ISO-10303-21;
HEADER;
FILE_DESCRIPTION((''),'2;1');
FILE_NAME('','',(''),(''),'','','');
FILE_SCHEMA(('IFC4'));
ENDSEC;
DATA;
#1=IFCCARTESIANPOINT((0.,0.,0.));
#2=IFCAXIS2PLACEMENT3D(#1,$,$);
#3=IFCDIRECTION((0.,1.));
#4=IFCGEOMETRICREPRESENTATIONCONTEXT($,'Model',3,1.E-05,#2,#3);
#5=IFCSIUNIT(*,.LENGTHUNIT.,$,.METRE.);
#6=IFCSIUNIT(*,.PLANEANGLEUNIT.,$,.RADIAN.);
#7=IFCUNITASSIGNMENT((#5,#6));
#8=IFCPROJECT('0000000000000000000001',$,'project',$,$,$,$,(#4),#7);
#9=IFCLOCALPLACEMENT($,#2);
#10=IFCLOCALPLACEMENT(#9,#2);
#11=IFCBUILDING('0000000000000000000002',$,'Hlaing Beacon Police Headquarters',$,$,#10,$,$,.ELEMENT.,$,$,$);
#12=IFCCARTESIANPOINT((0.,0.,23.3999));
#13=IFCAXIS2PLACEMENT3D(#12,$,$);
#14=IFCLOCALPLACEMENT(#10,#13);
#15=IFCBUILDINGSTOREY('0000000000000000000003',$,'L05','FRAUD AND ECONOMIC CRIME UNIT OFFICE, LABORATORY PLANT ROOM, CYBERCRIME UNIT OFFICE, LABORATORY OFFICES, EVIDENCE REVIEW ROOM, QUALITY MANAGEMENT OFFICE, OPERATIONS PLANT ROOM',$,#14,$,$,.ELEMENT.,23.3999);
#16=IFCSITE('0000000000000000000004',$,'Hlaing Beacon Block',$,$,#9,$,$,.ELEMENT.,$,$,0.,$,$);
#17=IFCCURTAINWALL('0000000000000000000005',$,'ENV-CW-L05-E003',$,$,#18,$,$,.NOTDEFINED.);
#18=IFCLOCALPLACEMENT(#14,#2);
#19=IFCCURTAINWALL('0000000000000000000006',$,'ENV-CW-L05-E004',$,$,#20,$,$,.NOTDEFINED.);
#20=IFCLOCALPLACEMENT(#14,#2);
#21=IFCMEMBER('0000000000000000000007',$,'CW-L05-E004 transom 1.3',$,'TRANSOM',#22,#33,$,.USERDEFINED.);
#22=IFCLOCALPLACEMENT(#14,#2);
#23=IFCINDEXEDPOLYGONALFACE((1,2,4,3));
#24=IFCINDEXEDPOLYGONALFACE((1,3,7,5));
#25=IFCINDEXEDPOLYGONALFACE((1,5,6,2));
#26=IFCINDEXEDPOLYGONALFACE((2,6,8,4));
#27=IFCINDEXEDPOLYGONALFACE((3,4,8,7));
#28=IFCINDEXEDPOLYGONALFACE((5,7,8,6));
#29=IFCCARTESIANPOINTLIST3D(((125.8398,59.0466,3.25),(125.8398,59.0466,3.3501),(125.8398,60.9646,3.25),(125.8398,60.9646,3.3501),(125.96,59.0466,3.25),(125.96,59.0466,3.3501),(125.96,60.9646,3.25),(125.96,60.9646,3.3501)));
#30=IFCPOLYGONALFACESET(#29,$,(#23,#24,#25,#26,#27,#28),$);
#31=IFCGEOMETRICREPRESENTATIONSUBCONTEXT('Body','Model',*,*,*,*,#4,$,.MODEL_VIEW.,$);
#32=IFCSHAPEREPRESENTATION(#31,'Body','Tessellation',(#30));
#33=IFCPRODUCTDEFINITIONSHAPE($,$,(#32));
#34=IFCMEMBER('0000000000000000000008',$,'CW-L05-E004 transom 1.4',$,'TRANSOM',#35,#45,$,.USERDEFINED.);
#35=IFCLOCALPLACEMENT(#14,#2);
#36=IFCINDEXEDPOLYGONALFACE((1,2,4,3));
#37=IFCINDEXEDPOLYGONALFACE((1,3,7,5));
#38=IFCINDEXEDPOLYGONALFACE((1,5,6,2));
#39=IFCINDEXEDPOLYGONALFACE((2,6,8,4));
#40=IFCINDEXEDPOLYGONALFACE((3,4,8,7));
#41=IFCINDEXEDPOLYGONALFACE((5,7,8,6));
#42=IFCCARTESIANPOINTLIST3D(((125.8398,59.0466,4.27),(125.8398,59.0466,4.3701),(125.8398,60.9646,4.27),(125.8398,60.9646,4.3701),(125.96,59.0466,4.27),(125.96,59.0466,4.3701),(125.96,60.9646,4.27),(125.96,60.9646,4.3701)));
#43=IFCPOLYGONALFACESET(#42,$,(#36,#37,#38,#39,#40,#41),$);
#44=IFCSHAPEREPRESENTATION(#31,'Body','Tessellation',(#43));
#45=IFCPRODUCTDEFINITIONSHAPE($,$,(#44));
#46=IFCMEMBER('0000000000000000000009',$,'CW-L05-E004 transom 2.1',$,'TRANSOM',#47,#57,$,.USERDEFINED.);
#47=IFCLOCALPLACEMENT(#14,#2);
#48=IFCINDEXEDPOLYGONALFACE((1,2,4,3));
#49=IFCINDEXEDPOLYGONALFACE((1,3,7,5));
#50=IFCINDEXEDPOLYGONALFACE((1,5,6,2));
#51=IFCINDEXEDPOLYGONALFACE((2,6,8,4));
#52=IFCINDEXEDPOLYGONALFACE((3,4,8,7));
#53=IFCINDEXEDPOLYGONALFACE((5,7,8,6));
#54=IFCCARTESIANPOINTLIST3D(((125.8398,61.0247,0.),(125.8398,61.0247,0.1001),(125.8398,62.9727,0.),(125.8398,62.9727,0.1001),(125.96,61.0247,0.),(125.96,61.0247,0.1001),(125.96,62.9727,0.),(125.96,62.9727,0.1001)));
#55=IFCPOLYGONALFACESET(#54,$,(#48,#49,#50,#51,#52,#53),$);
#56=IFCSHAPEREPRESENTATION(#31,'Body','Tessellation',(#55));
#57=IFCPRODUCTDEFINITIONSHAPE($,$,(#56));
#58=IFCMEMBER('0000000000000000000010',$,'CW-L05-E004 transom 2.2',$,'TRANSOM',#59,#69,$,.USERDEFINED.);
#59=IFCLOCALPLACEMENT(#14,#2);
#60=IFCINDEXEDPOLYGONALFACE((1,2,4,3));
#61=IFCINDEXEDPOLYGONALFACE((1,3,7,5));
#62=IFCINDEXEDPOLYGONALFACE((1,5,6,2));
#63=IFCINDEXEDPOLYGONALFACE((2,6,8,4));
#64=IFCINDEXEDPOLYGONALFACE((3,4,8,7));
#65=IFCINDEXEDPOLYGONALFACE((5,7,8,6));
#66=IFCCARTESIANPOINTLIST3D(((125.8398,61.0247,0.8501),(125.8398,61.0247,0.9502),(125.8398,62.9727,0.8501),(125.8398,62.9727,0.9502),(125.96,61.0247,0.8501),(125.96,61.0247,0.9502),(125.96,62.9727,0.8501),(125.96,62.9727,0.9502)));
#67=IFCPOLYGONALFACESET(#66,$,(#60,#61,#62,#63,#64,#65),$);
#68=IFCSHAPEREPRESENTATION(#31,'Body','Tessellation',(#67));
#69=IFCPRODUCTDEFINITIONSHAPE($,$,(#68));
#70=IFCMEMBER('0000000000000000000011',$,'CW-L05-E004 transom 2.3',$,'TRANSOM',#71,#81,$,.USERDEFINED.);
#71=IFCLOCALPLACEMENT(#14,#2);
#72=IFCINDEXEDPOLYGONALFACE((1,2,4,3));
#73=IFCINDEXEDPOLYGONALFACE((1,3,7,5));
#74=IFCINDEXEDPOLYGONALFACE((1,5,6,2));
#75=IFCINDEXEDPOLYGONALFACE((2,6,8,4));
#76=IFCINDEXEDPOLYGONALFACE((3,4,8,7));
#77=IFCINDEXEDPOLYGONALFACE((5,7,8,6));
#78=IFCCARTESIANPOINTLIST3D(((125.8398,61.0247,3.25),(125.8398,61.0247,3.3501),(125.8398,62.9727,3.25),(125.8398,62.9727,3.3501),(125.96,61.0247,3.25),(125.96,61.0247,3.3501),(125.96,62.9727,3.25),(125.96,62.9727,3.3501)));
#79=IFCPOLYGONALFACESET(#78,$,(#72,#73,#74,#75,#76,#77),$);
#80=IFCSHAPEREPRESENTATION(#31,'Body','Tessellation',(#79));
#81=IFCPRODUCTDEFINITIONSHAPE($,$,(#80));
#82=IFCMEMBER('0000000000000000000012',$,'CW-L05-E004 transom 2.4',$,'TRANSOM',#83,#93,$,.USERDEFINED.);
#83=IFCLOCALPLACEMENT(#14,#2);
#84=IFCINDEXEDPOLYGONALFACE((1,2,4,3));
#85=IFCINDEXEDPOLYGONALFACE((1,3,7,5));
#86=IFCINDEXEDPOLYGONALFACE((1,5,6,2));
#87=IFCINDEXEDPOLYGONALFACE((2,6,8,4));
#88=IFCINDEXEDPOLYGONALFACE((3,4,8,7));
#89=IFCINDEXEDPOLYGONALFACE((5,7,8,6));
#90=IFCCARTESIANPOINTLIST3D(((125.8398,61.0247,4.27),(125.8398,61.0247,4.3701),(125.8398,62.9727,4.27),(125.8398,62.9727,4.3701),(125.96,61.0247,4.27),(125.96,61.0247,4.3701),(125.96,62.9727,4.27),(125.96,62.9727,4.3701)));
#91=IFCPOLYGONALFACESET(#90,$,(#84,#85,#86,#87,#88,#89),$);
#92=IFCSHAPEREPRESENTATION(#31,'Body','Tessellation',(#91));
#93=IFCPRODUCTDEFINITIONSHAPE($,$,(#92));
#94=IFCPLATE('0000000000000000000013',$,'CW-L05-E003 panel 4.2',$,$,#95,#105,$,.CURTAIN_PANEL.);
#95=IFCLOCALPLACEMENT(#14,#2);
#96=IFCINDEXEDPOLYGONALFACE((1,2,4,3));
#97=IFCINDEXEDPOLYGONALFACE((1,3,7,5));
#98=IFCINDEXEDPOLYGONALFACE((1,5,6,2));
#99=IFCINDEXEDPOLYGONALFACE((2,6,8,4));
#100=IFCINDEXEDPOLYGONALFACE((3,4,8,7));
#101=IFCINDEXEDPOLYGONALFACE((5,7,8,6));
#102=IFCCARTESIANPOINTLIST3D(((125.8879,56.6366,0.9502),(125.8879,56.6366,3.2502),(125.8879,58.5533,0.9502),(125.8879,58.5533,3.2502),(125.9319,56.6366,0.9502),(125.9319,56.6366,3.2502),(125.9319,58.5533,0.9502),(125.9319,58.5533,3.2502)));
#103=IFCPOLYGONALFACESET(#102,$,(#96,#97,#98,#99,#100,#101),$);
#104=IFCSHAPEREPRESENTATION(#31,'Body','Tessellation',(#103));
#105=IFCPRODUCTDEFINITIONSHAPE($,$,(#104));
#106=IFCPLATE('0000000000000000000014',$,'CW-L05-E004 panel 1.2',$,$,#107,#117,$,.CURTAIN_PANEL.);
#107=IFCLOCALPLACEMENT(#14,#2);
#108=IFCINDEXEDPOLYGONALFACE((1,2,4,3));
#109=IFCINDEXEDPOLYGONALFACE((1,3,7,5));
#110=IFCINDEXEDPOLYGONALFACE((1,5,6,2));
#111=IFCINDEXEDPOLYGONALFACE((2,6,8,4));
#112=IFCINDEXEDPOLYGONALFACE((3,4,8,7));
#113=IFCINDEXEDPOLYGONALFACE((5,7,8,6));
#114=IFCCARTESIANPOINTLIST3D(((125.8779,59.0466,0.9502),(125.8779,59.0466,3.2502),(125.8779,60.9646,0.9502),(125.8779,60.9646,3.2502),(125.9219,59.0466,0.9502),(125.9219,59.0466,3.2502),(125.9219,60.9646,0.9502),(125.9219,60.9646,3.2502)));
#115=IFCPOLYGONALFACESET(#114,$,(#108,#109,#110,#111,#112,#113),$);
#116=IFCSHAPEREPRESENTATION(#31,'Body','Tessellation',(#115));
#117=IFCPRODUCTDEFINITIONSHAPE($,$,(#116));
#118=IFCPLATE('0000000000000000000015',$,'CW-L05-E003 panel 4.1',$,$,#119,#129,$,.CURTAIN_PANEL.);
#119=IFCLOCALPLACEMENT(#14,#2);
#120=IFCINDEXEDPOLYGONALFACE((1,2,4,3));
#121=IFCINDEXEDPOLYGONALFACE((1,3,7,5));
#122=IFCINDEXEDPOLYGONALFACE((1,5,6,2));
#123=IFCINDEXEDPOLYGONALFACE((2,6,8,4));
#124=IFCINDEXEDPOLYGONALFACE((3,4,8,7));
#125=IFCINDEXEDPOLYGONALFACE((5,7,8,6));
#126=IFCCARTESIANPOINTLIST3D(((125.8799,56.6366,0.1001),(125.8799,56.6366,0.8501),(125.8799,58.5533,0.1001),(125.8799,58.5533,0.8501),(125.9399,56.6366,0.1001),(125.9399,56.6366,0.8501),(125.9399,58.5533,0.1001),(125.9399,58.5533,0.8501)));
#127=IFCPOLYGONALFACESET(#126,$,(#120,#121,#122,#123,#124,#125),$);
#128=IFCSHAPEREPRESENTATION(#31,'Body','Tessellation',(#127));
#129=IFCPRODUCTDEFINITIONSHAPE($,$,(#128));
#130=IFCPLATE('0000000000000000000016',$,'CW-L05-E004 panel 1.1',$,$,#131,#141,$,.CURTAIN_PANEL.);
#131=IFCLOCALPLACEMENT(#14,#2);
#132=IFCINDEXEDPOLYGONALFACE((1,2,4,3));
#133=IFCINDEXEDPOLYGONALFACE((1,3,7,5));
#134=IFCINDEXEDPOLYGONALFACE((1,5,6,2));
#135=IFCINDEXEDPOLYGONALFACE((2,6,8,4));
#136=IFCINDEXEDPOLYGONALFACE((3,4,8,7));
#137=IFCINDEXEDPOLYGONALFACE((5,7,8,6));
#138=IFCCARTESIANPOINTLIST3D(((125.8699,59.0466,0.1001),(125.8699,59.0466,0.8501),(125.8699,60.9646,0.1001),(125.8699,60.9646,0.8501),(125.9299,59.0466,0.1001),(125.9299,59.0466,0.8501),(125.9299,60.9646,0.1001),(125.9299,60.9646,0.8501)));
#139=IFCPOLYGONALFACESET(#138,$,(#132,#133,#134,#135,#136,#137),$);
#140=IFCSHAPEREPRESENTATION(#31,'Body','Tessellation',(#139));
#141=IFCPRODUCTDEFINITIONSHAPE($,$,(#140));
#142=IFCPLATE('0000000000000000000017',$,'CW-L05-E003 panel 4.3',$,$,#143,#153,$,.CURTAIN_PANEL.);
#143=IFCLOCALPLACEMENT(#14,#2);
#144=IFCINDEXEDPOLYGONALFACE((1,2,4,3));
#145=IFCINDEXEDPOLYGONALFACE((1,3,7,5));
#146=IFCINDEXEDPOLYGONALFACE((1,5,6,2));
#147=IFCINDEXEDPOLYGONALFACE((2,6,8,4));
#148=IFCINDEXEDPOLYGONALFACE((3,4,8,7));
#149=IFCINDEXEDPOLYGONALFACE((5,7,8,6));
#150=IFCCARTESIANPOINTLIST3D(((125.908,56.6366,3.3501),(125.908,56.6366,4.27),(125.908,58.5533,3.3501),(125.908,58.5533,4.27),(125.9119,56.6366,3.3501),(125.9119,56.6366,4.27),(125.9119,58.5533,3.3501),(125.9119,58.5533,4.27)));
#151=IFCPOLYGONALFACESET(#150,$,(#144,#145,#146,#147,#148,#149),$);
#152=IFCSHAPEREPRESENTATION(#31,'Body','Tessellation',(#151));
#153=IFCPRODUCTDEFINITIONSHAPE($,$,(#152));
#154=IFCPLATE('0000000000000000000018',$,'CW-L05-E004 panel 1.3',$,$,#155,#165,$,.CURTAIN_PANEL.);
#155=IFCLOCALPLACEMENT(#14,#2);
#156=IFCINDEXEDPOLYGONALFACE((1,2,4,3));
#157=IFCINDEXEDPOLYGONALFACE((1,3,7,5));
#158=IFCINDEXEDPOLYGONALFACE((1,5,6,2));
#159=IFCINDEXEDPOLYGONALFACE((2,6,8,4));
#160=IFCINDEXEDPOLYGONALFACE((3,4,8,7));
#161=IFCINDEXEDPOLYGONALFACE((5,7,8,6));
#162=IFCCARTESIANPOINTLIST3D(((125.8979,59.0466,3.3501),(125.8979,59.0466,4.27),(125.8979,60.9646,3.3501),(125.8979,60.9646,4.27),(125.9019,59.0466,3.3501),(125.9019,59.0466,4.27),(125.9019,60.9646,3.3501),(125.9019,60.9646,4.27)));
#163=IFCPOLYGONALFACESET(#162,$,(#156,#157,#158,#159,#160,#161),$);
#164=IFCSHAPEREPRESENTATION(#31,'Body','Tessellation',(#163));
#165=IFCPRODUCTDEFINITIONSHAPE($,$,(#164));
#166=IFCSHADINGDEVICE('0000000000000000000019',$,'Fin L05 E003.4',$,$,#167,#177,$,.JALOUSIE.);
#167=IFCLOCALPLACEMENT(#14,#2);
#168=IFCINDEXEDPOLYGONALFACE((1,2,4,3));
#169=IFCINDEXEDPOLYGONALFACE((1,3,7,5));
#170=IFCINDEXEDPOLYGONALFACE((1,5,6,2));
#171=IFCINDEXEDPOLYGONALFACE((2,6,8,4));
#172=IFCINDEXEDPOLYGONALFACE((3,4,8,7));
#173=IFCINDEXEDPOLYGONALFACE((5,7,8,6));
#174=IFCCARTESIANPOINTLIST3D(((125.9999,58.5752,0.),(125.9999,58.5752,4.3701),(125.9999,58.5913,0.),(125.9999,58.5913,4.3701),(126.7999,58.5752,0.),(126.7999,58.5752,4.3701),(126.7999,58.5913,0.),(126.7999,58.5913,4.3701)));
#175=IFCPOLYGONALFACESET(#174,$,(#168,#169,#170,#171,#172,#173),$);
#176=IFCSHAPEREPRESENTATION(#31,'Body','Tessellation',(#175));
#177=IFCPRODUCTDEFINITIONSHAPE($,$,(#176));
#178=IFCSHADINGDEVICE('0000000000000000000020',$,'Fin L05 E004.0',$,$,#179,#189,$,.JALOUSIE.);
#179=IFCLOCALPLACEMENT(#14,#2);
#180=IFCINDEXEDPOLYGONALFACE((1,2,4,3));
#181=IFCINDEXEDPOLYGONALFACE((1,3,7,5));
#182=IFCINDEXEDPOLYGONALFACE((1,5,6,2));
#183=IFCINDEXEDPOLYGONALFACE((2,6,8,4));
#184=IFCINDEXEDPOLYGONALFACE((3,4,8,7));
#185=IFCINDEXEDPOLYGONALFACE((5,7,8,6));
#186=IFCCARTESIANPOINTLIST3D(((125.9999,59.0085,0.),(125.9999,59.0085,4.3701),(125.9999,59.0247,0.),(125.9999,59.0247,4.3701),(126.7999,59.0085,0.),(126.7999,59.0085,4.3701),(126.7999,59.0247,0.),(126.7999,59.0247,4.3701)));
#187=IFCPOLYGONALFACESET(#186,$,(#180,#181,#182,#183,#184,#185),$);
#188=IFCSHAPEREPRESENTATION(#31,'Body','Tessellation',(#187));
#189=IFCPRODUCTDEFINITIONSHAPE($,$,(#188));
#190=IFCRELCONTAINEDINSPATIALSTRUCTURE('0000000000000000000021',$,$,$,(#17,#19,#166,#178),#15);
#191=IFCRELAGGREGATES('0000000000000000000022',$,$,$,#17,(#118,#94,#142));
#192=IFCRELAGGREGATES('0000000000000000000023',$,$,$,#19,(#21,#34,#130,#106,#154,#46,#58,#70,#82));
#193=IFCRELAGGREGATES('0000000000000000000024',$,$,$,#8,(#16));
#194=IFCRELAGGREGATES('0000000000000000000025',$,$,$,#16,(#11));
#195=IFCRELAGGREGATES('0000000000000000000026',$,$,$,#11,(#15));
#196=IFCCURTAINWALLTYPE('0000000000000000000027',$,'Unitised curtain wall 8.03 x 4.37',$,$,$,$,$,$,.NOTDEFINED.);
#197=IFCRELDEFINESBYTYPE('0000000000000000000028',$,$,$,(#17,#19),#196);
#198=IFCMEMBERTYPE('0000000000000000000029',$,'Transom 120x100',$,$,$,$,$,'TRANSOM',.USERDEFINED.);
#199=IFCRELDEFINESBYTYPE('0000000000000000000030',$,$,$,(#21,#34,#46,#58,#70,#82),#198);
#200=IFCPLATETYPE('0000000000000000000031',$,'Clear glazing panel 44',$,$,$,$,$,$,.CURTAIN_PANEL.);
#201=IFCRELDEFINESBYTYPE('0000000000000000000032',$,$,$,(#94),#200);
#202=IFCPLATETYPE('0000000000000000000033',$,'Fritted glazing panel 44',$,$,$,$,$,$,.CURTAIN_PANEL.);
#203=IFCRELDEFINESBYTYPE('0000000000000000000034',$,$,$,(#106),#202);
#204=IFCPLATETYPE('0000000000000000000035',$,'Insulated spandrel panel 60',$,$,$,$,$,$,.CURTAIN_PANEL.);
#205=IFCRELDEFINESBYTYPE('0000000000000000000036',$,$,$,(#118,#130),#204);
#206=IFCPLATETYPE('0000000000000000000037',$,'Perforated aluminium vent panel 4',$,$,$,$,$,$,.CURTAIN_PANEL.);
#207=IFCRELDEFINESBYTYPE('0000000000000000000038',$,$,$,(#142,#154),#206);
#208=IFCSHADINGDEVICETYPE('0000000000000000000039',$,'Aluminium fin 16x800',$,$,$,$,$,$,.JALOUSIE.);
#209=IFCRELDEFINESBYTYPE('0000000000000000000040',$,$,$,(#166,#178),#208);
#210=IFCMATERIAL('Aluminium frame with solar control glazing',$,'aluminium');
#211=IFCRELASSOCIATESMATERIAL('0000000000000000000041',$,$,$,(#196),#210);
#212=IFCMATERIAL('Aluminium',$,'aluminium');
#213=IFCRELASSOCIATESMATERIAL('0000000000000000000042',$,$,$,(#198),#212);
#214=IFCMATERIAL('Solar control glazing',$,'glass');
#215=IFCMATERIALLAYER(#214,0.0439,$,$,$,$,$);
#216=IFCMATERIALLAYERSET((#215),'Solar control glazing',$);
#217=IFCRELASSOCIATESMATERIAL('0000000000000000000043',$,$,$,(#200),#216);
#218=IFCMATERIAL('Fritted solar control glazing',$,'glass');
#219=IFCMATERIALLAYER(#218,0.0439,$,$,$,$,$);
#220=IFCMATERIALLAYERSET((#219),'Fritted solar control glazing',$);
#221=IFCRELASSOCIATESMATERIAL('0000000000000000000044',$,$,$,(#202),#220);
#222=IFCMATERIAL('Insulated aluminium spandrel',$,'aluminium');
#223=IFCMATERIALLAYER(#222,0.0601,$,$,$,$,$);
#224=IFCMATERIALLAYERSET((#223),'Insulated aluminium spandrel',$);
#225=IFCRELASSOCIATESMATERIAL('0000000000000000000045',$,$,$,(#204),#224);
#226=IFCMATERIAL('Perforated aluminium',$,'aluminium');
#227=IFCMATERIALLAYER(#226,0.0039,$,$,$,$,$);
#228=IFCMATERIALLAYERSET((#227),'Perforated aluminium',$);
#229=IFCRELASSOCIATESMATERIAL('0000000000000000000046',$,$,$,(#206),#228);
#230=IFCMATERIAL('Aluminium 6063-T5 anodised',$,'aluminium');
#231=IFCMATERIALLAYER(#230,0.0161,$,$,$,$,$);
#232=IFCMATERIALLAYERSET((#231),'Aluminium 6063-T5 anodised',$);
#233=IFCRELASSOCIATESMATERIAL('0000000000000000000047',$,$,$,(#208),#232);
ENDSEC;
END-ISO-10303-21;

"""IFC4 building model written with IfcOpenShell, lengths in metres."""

from ifc_helpers import new_model, si_unit, direction, frame, origin, origin_2d, place, context, subcontext, project, spatial, rectangle, extrude, material, layer, layer_set, material_profile, profile_set, type_object, element, aggregate, save


model = new_model("IFC4")

# Units and contexts
model_context = context("Model", 3, precision=1e-05, world=origin(), true_north=direction((0.0, 1.0)))
body_context = subcontext(model_context, "Body", "Model", "MODEL_VIEW")
ifc_project = project(units=[si_unit("LENGTHUNIT", "METRE"), si_unit("PLANEANGLEUNIT", "RADIAN")], contexts=[model_context])

# Site, building, storey
site_placement = place(None, origin())
site = spatial("IfcSite", under=ifc_project, at=site_placement, Name="Hlaing Beacon Block", CompositionType="ELEMENT", RefElevation=0.0)
building_placement = place(site_placement, origin())
building = spatial("IfcBuilding", under=site, at=building_placement, Name="Hlaing Beacon Police Headquarters", CompositionType="ELEMENT")
storey_placement = place(building_placement, frame((0.0, 0.0, 23.3999)))
storey = spatial("IfcBuildingStorey", under=building, at=storey_placement, Name="L05", Description="FRAUD AND ECONOMIC CRIME UNIT OFFICE, LABORATORY PLANT ROOM, CYBERCRIME UNIT OFFICE, LABORATORY OFFICES, EVIDENCE REVIEW ROOM, QUALITY MANAGEMENT OFFICE, OPERATIONS PLANT ROOM", CompositionType="ELEMENT", Elevation=23.3999)

# Curtain wall
ifc_material_1 = material(Name="Aluminium frame with solar control glazing", Category="aluminium")
curtain_wall_type = type_object("IfcCurtainWallType", Name="Unitised curtain wall 8.03 x 4.37", PredefinedType="NOTDEFINED", material=ifc_material_1)
curtain_wall_1_placement = place(storey_placement, origin())
curtain_wall_1 = element("IfcCurtainWall", 1, at=curtain_wall_1_placement, inside=storey, type_object=curtain_wall_type, Name="ENV-CW-L05-E003", PredefinedType="NOTDEFINED")

# Curtain wall, members
curtain_wall_2_placement = place(storey_placement, origin())
curtain_wall_2 = element("IfcCurtainWall", 2, at=curtain_wall_2_placement, inside=storey, type_object=curtain_wall_type, Name="ENV-CW-L05-E004", PredefinedType="NOTDEFINED")
ifc_material_2 = material(Name="Aluminium", Category="aluminium")
ifc_material_profile_1 = material_profile(ifc_material_2, rectangle(XDim=0.1201, YDim=0.1001, at=origin_2d()), Name="Transom 120x100")
ifc_profile_set_1 = profile_set([ifc_material_profile_1], Name="Aluminium")
member_type_1 = type_object("IfcMemberType", Name="Transom 120x100", ElementType="TRANSOM", PredefinedType="USERDEFINED", material=ifc_profile_set_1)
member_1_placement = place(storey_placement, frame((125.8999, 59.0466, 3.3), z_axis=(0.0, 1.0, 0.0), x_axis=(-1.0, 0.0, 0.0)))
member_1 = element("IfcMember", 3, at=member_1_placement, type_object=member_type_1, Name="CW-L05-E004 transom 1.3", ObjectType="TRANSOM", PredefinedType="USERDEFINED", context=body_context, shape_type="SweptSolid", body=[
    extrude(rectangle(XDim=0.1201, YDim=0.1001, at=origin_2d()), origin(), (0.0, 0.0, 1.0), 1.918),
])
member_2_placement = place(storey_placement, frame((125.8999, 59.0466, 4.3201), z_axis=(0.0, 1.0, 0.0), x_axis=(-1.0, 0.0, 0.0)))
member_2 = element("IfcMember", 4, at=member_2_placement, type_object=member_type_1, Name="CW-L05-E004 transom 1.4", ObjectType="TRANSOM", PredefinedType="USERDEFINED", context=body_context, shape_type="SweptSolid", body=[
    extrude(rectangle(XDim=0.1201, YDim=0.1001, at=origin_2d()), origin(), (0.0, 0.0, 1.0), 1.918),
])
member_3_placement = place(storey_placement, frame((125.8999, 61.0247, 0.05), z_axis=(0.0, 1.0, 0.0), x_axis=(-1.0, 0.0, 0.0)))
member_3 = element("IfcMember", 5, at=member_3_placement, type_object=member_type_1, Name="CW-L05-E004 transom 2.1", ObjectType="TRANSOM", PredefinedType="USERDEFINED", context=body_context, shape_type="SweptSolid", body=[
    extrude(rectangle(XDim=0.1201, YDim=0.1001, at=origin_2d()), origin(), (0.0, 0.0, 1.0), 1.948),
])
member_4_placement = place(storey_placement, frame((125.8999, 61.0247, 0.9001), z_axis=(0.0, 1.0, 0.0), x_axis=(-1.0, 0.0, 0.0)))
member_4 = element("IfcMember", 6, at=member_4_placement, type_object=member_type_1, Name="CW-L05-E004 transom 2.2", ObjectType="TRANSOM", PredefinedType="USERDEFINED", context=body_context, shape_type="SweptSolid", body=[
    extrude(rectangle(XDim=0.1201, YDim=0.1001, at=origin_2d()), origin(), (0.0, 0.0, 1.0), 1.948),
])
member_5_placement = place(storey_placement, frame((125.8999, 61.0247, 3.3), z_axis=(0.0, 1.0, 0.0), x_axis=(-1.0, 0.0, 0.0)))
member_5 = element("IfcMember", 7, at=member_5_placement, type_object=member_type_1, Name="CW-L05-E004 transom 2.3", ObjectType="TRANSOM", PredefinedType="USERDEFINED", context=body_context, shape_type="SweptSolid", body=[
    extrude(rectangle(XDim=0.1201, YDim=0.1001, at=origin_2d()), origin(), (0.0, 0.0, 1.0), 1.948),
])
member_6_placement = place(storey_placement, frame((125.8999, 61.0247, 4.3201), z_axis=(0.0, 1.0, 0.0), x_axis=(-1.0, 0.0, 0.0)))
member_6 = element("IfcMember", 8, at=member_6_placement, type_object=member_type_1, Name="CW-L05-E004 transom 2.4", ObjectType="TRANSOM", PredefinedType="USERDEFINED", context=body_context, shape_type="SweptSolid", body=[
    extrude(rectangle(XDim=0.1201, YDim=0.1001, at=origin_2d()), origin(), (0.0, 0.0, 1.0), 1.948),
])

# Plates
ifc_material_3 = material(Name="Solar control glazing", Category="glass")
ifc_layer_1 = layer(ifc_material_3, 0.0439)
ifc_layer_set_1 = layer_set([ifc_layer_1], Name="Solar control glazing")
plate_type_1 = type_object("IfcPlateType", Name="Clear glazing panel 44", PredefinedType="CURTAIN_PANEL", material=ifc_layer_set_1)
plate_1_placement = place(storey_placement, frame((125.9099, 57.595, 0.9502), z_axis=(0.0, 0.0, 1.0), x_axis=(0.0, 1.0, 0.0)))
plate_1 = element("IfcPlate", 9, at=plate_1_placement, type_object=plate_type_1, Name="CW-L05-E003 panel 4.2", PredefinedType="CURTAIN_PANEL", context=body_context, shape_type="SweptSolid", body=[
    extrude(rectangle(XDim=1.9167, YDim=0.0439, at=origin_2d()), origin(), (0.0, 0.0, 1.0), 2.3),
])
ifc_material_4 = material(Name="Fritted solar control glazing", Category="glass")
ifc_layer_2 = layer(ifc_material_4, 0.0439)
ifc_layer_set_2 = layer_set([ifc_layer_2], Name="Fritted solar control glazing")
plate_type_2 = type_object("IfcPlateType", Name="Fritted glazing panel 44", PredefinedType="CURTAIN_PANEL", material=ifc_layer_set_2)
plate_2_placement = place(storey_placement, frame((125.8999, 60.0056, 0.9502), z_axis=(0.0, 0.0, 1.0), x_axis=(0.0, 1.0, 0.0)))
plate_2 = element("IfcPlate", 10, at=plate_2_placement, type_object=plate_type_2, Name="CW-L05-E004 panel 1.2", PredefinedType="CURTAIN_PANEL", context=body_context, shape_type="SweptSolid", body=[
    extrude(rectangle(XDim=1.918, YDim=0.0439, at=origin_2d()), origin(), (0.0, 0.0, 1.0), 2.3),
])
ifc_material_5 = material(Name="Insulated aluminium spandrel", Category="aluminium")
ifc_layer_3 = layer(ifc_material_5, 0.0601)
ifc_layer_set_3 = layer_set([ifc_layer_3], Name="Insulated aluminium spandrel")
plate_type_3 = type_object("IfcPlateType", Name="Insulated spandrel panel 60", PredefinedType="CURTAIN_PANEL", material=ifc_layer_set_3)
plate_3_placement = place(storey_placement, frame((125.9099, 57.595, 0.1001), z_axis=(0.0, 0.0, 1.0), x_axis=(0.0, 1.0, 0.0)))
plate_3 = element("IfcPlate", 11, at=plate_3_placement, type_object=plate_type_3, Name="CW-L05-E003 panel 4.1", PredefinedType="CURTAIN_PANEL", context=body_context, shape_type="SweptSolid", body=[
    extrude(rectangle(XDim=1.9167, YDim=0.0601, at=origin_2d()), origin(), (0.0, 0.0, 1.0), 0.75),
])
plate_4_placement = place(storey_placement, frame((125.8999, 60.0056, 0.1001), z_axis=(0.0, 0.0, 1.0), x_axis=(0.0, 1.0, 0.0)))
plate_4 = element("IfcPlate", 12, at=plate_4_placement, type_object=plate_type_3, Name="CW-L05-E004 panel 1.1", PredefinedType="CURTAIN_PANEL", context=body_context, shape_type="SweptSolid", body=[
    extrude(rectangle(XDim=1.918, YDim=0.0601, at=origin_2d()), origin(), (0.0, 0.0, 1.0), 0.75),
])
ifc_material_6 = material(Name="Perforated aluminium", Category="aluminium")
ifc_layer_4 = layer(ifc_material_6, 0.0039)
ifc_layer_set_4 = layer_set([ifc_layer_4], Name="Perforated aluminium")
plate_type_4 = type_object("IfcPlateType", Name="Perforated aluminium vent panel 4", PredefinedType="CURTAIN_PANEL", material=ifc_layer_set_4)
plate_5_placement = place(storey_placement, frame((125.9099, 57.595, 3.3501), z_axis=(0.0, 0.0, 1.0), x_axis=(0.0, 1.0, 0.0)))
plate_5 = element("IfcPlate", 13, at=plate_5_placement, type_object=plate_type_4, Name="CW-L05-E003 panel 4.3", PredefinedType="CURTAIN_PANEL", context=body_context, shape_type="SweptSolid", body=[
    extrude(rectangle(XDim=1.9167, YDim=0.0039, at=origin_2d()), origin(), (0.0, 0.0, 1.0), 0.9199),
])
aggregate(curtain_wall_1, [plate_3, plate_1, plate_5])
plate_6_placement = place(storey_placement, frame((125.8999, 60.0056, 3.3501), z_axis=(0.0, 0.0, 1.0), x_axis=(0.0, 1.0, 0.0)))
plate_6 = element("IfcPlate", 14, at=plate_6_placement, type_object=plate_type_4, Name="CW-L05-E004 panel 1.3", PredefinedType="CURTAIN_PANEL", context=body_context, shape_type="SweptSolid", body=[
    extrude(rectangle(XDim=1.918, YDim=0.0039, at=origin_2d()), origin(), (0.0, 0.0, 1.0), 0.9199),
])
aggregate(curtain_wall_2, [member_1, member_2, plate_4, plate_2, plate_6, member_3, member_4, member_5, member_6])

# Shading devices
ifc_material_7 = material(Name="Aluminium 6063-T5 anodised", Category="aluminium")
ifc_layer_5 = layer(ifc_material_7, 0.0161)
ifc_layer_set_5 = layer_set([ifc_layer_5], Name="Aluminium 6063-T5 anodised")
shading_device_type = type_object("IfcShadingDeviceType", Name="Aluminium fin 16x800", PredefinedType="JALOUSIE", material=ifc_layer_set_5)
for number, where, z_axis, x_axis, name in (
    (15, (126.3999, 58.5833, 0.0), (0.0, 0.0, 1.0), (0.0, 1.0, 0.0), "Fin L05 E003.4"),
    (16, (126.3999, 59.0166, 0.0), (0.0, 0.0, 1.0), (0.0, 1.0, 0.0), "Fin L05 E004.0"),
):
    element("IfcShadingDevice", number, at=place(storey_placement, frame(where, z_axis=z_axis, x_axis=x_axis)), inside=storey, type_object=shading_device_type, Name=name, PredefinedType="JALOUSIE", context=body_context, shape_type="SweptSolid", body=[
        extrude(rectangle(XDim=0.0161, YDim=0.8, at=origin_2d()), origin(), (0.0, 0.0, 1.0), 4.3701),
    ])

save(model, "model.ifc")
